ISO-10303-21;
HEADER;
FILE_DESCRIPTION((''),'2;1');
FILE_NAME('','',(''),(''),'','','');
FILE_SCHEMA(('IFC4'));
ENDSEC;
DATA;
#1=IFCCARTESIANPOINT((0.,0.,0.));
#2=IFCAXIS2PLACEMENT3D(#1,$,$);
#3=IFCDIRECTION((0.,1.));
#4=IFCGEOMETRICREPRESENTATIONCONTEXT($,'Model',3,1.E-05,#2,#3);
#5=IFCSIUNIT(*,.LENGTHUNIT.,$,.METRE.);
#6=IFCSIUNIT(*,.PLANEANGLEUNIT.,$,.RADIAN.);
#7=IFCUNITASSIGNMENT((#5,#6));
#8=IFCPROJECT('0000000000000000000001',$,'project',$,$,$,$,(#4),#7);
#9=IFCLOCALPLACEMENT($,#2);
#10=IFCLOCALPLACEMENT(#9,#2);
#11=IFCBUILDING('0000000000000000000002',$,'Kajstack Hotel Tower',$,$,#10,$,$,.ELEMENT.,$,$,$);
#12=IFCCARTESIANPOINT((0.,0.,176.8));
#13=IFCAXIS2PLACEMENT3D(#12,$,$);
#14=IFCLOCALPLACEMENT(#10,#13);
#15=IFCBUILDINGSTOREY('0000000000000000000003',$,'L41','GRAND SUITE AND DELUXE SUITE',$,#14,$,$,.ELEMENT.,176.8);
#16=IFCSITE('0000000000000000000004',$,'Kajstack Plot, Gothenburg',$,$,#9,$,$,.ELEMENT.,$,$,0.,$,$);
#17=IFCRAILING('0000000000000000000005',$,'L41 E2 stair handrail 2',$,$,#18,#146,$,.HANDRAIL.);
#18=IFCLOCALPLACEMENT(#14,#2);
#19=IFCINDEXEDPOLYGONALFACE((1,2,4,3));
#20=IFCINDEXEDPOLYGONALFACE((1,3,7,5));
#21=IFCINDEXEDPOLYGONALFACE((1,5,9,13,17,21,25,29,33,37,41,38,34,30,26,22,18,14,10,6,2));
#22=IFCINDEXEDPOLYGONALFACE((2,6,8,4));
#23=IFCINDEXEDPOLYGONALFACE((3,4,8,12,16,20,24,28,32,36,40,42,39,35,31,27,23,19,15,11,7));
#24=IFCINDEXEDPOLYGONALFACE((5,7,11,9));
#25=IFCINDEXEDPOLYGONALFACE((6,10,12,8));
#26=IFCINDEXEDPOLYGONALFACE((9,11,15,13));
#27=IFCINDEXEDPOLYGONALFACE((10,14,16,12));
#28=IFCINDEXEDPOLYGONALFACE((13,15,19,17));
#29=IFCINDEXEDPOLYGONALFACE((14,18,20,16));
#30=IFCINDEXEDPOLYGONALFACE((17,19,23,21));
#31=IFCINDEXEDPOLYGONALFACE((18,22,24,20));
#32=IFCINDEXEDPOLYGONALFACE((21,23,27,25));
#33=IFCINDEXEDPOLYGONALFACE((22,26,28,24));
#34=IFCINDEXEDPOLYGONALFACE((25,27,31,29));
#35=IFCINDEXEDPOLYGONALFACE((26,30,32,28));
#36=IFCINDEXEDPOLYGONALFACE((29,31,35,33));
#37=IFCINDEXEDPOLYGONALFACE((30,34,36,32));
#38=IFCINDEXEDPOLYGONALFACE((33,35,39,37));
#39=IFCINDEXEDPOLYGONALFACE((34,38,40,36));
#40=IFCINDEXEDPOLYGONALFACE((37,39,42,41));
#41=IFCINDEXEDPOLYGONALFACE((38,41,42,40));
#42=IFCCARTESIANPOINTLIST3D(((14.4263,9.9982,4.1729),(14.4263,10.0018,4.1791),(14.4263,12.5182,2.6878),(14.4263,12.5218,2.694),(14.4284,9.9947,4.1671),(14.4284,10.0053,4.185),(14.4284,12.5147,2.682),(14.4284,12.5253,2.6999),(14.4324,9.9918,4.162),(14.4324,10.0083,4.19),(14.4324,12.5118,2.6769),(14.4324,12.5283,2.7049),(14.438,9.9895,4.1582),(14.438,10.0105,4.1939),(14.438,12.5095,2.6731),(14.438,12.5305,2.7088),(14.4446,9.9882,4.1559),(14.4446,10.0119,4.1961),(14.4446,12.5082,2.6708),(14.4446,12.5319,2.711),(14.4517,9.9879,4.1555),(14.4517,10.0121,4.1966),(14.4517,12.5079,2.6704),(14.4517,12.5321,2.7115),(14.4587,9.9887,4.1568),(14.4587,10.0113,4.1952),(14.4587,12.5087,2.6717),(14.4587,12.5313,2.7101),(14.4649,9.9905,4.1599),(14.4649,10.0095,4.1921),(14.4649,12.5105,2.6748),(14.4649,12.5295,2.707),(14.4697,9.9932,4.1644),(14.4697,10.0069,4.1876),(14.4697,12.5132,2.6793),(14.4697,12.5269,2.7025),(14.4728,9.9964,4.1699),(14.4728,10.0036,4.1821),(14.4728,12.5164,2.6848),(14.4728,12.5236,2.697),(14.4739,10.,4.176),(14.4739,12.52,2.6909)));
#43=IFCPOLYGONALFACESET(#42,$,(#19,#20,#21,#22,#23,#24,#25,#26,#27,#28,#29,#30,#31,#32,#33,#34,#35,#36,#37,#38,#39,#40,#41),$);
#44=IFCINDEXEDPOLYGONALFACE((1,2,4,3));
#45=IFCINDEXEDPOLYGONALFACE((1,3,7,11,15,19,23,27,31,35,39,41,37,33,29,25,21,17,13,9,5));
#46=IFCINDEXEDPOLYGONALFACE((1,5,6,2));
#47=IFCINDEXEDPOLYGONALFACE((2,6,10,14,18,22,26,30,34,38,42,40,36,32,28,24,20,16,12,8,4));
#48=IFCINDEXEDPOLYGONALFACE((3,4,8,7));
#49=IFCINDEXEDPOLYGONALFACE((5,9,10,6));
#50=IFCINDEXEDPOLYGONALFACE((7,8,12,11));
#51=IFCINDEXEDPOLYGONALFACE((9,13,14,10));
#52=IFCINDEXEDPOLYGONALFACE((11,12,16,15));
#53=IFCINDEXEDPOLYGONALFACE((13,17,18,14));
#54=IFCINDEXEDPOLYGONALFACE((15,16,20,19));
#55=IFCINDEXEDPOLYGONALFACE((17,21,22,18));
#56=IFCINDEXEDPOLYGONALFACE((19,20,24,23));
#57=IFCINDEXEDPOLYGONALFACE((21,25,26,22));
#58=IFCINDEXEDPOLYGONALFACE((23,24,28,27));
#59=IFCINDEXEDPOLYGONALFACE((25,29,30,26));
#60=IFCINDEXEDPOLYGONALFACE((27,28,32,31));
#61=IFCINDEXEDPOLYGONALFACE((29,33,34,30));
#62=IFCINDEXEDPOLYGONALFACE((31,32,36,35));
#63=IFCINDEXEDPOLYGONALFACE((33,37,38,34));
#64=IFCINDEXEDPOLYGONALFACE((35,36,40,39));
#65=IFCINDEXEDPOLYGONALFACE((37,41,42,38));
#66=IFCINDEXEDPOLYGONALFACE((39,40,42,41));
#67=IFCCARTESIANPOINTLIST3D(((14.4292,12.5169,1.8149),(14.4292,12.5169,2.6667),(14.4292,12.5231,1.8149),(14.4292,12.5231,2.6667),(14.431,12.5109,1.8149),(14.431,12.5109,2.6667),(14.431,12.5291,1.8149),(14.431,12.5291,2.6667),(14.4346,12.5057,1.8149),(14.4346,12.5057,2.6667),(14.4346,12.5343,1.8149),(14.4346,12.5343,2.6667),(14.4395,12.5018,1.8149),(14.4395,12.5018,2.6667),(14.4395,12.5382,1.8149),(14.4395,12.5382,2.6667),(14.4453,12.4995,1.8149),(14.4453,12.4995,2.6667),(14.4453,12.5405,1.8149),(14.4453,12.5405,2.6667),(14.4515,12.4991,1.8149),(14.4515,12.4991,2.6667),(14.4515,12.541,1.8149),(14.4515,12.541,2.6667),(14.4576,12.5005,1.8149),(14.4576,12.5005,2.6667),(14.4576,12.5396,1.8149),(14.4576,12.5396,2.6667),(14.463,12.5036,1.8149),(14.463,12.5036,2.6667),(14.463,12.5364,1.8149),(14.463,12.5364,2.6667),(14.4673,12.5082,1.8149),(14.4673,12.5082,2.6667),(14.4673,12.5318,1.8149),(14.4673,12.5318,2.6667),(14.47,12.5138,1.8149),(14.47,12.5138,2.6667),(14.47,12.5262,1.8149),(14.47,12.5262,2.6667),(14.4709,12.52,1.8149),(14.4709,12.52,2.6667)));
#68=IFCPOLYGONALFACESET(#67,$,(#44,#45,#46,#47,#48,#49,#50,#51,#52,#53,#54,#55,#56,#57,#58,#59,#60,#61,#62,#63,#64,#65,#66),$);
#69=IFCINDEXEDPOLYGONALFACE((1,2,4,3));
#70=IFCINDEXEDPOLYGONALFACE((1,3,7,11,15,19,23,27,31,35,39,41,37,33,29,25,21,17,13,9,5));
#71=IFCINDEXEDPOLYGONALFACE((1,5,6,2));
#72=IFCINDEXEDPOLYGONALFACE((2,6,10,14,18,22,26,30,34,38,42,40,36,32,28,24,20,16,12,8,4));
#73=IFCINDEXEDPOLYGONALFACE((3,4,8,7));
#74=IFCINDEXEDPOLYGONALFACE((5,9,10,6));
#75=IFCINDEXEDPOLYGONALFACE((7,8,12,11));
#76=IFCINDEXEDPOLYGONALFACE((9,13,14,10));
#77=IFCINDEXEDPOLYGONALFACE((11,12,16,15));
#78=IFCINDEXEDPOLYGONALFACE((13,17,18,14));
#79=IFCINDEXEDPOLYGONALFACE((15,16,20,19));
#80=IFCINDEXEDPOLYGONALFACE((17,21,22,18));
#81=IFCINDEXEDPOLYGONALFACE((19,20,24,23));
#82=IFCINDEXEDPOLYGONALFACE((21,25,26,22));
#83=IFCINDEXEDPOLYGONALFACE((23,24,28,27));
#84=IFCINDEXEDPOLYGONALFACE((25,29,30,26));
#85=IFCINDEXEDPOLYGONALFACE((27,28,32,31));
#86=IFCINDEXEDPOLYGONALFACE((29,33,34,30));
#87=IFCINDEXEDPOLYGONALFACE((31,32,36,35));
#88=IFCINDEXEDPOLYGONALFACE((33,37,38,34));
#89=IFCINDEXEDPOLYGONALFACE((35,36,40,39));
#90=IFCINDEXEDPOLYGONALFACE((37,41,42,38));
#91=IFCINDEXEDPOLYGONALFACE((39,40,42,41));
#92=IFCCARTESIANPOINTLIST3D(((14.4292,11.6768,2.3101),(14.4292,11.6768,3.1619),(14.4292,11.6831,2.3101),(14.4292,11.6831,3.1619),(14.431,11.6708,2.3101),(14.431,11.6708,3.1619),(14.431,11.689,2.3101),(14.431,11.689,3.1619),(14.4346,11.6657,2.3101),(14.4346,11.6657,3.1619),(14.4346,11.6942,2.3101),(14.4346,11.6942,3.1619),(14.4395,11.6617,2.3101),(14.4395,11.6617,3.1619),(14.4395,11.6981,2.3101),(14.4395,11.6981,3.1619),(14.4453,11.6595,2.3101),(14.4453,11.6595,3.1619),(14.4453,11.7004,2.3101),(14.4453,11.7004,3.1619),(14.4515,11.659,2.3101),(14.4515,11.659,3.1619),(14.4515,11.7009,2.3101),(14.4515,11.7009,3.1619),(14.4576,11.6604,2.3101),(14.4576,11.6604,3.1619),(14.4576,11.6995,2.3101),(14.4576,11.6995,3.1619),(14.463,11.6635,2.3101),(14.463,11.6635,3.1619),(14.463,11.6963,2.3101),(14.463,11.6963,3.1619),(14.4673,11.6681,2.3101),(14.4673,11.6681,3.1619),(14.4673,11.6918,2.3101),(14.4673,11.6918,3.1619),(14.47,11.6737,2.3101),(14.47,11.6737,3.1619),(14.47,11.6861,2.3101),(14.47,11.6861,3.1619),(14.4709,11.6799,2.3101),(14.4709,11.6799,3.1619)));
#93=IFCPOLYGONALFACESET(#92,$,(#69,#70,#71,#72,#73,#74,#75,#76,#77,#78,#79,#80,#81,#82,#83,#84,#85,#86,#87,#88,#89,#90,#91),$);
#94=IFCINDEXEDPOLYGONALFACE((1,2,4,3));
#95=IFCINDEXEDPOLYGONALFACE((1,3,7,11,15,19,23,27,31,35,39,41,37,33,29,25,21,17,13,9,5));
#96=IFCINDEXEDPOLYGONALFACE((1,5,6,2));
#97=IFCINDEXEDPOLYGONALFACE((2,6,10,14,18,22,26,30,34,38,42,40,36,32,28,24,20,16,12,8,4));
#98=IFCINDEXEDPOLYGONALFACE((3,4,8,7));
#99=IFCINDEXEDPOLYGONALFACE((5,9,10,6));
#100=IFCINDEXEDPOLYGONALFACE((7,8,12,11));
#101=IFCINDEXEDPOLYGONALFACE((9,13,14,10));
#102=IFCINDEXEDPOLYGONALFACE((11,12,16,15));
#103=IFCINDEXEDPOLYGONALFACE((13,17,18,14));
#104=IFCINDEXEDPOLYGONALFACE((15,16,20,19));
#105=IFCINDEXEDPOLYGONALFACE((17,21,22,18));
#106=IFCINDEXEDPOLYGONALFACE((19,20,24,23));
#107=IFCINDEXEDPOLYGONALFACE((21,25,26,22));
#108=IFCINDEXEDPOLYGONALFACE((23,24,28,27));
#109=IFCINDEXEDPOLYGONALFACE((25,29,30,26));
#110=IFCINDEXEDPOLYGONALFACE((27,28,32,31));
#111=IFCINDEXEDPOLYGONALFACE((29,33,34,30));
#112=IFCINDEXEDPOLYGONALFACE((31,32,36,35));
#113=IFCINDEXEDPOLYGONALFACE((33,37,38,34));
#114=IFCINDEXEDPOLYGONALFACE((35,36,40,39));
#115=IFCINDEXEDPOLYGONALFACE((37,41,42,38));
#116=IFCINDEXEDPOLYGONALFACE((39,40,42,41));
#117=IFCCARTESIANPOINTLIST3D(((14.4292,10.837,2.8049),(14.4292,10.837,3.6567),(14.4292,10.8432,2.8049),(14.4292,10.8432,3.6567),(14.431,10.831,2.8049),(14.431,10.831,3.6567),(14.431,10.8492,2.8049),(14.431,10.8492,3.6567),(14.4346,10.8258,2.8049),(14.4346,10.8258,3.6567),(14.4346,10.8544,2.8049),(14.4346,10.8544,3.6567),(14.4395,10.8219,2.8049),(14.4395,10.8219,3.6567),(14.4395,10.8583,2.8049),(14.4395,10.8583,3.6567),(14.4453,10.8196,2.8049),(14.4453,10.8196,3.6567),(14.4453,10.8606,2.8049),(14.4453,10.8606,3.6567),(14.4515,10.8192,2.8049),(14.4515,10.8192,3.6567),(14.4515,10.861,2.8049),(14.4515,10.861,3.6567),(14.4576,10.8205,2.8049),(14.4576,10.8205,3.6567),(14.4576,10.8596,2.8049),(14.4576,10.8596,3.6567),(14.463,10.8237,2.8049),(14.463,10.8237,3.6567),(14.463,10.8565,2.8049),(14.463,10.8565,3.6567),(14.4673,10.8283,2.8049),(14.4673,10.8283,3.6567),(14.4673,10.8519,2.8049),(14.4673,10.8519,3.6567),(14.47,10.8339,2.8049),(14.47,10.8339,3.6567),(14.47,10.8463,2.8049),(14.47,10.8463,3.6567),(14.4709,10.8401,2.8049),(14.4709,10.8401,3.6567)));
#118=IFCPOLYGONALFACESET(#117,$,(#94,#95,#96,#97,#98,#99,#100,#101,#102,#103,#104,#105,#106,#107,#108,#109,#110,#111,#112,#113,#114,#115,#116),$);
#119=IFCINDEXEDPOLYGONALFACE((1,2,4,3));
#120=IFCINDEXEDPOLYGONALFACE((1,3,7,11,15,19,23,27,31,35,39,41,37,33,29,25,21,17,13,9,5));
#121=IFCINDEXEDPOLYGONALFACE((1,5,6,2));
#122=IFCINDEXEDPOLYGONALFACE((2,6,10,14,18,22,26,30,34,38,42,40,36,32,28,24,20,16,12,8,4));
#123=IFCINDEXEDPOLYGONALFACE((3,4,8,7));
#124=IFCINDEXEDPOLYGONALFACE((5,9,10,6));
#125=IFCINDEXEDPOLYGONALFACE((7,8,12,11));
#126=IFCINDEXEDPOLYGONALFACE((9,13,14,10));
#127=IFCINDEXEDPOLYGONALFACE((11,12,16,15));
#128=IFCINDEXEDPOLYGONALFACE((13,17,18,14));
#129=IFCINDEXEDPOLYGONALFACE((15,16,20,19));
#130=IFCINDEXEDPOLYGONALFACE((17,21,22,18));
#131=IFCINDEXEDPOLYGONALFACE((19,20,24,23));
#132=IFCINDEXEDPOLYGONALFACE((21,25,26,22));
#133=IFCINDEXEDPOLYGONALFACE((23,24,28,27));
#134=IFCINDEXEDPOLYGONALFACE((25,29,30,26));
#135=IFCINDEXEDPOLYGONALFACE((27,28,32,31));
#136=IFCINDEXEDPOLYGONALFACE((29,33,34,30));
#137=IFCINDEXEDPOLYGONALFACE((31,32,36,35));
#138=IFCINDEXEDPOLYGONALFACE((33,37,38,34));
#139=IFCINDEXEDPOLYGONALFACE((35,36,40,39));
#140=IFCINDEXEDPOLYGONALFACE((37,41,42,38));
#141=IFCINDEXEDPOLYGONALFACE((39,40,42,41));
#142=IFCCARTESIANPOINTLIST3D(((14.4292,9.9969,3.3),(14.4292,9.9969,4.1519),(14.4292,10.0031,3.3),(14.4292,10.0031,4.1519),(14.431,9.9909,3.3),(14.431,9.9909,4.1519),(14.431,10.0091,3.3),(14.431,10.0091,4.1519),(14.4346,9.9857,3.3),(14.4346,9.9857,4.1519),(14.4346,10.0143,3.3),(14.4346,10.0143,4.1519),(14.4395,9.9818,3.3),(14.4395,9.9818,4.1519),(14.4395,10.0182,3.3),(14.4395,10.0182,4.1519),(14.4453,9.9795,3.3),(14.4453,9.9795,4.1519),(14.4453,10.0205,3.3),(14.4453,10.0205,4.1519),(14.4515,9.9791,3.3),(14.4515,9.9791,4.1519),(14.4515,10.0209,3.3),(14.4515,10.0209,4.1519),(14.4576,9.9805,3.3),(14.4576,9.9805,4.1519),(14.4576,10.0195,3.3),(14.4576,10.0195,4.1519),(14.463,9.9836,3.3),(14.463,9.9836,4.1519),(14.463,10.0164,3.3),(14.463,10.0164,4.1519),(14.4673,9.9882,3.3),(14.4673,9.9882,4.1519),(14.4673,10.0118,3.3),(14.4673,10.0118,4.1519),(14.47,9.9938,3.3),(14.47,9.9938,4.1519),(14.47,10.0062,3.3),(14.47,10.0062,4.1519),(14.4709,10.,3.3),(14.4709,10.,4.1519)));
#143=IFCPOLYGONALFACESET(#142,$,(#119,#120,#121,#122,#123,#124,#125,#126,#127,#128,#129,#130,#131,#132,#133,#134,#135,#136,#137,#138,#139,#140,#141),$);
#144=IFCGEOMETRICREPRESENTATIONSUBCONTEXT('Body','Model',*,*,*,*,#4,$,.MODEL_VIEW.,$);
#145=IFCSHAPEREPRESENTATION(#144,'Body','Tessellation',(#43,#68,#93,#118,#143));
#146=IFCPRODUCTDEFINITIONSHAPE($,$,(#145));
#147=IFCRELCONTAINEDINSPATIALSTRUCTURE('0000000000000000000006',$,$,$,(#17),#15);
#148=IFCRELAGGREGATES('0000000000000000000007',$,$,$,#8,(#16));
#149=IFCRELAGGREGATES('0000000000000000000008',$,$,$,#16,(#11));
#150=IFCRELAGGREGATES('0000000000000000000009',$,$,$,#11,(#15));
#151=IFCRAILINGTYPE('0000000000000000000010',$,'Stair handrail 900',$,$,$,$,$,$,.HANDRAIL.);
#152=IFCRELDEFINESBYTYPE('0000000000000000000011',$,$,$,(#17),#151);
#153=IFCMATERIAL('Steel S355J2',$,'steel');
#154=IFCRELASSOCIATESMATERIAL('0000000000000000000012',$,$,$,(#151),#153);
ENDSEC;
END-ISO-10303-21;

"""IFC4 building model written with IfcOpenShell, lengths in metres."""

from ifc_helpers import new_model, si_unit, direction, frame, origin, origin_2d, place, context, subcontext, project, spatial, circle, extrude, material, type_object, element, save


model = new_model("IFC4")

# Units and contexts
model_context = context("Model", 3, precision=1e-05, world=origin(), true_north=direction((0.0, 1.0)))
body_context = subcontext(model_context, "Body", "Model", "MODEL_VIEW")
ifc_project = project(units=[si_unit("LENGTHUNIT", "METRE"), si_unit("PLANEANGLEUNIT", "RADIAN")], contexts=[model_context])

# Site, building, storey
site_placement = place(None, origin())
site = spatial("IfcSite", under=ifc_project, at=site_placement, Name="Kajstack Plot, Gothenburg", CompositionType="ELEMENT", RefElevation=0.0)
building_placement = place(site_placement, origin())
building = spatial("IfcBuilding", under=site, at=building_placement, Name="Kajstack Hotel Tower", CompositionType="ELEMENT")
storey_placement = place(building_placement, frame((0.0, 0.0, 176.8)))
storey = spatial("IfcBuildingStorey", under=building, at=storey_placement, Name="L41", Description="GRAND SUITE AND DELUXE SUITE", CompositionType="ELEMENT", Elevation=176.8)

# Railing
ifc_material_1 = material(Name="Steel S355J2", Category="steel")
railing_type = type_object("IfcRailingType", Name="Stair handrail 900", PredefinedType="HANDRAIL", material=ifc_material_1)
railing_placement = place(storey_placement, frame((14.45, 12.52, 1.8149)))
element("IfcRailing", 1, at=railing_placement, inside=storey, type_object=railing_type, Name="L41 E2 stair handrail 2", PredefinedType="HANDRAIL", context=body_context, shape_type="SweptSolid", body=[
    extrude(circle(Radius=0.0239, at=origin_2d()), frame((0.0, 0.0, 0.876), z_axis=(0.0, -0.861524, 0.507717), x_axis=(1.0, 0.0, 0.0)), (0.0, 0.0, 1.0), 2.925),
    extrude(circle(Radius=0.021, at=origin_2d()), origin(), (0.0, 0.0, 1.0), 0.8518),
    extrude(circle(Radius=0.021, at=origin_2d()), frame((0.0, -0.8401, 0.4951)), (0.0, 0.0, 1.0), 0.8518),
    extrude(circle(Radius=0.021, at=origin_2d()), frame((0.0, -1.6799, 0.99)), (0.0, 0.0, 1.0), 0.8518),
    extrude(circle(Radius=0.021, at=origin_2d()), frame((0.0, -2.52, 1.4851)), (0.0, 0.0, 1.0), 0.8518),
])

save(model, "model.ifc")
